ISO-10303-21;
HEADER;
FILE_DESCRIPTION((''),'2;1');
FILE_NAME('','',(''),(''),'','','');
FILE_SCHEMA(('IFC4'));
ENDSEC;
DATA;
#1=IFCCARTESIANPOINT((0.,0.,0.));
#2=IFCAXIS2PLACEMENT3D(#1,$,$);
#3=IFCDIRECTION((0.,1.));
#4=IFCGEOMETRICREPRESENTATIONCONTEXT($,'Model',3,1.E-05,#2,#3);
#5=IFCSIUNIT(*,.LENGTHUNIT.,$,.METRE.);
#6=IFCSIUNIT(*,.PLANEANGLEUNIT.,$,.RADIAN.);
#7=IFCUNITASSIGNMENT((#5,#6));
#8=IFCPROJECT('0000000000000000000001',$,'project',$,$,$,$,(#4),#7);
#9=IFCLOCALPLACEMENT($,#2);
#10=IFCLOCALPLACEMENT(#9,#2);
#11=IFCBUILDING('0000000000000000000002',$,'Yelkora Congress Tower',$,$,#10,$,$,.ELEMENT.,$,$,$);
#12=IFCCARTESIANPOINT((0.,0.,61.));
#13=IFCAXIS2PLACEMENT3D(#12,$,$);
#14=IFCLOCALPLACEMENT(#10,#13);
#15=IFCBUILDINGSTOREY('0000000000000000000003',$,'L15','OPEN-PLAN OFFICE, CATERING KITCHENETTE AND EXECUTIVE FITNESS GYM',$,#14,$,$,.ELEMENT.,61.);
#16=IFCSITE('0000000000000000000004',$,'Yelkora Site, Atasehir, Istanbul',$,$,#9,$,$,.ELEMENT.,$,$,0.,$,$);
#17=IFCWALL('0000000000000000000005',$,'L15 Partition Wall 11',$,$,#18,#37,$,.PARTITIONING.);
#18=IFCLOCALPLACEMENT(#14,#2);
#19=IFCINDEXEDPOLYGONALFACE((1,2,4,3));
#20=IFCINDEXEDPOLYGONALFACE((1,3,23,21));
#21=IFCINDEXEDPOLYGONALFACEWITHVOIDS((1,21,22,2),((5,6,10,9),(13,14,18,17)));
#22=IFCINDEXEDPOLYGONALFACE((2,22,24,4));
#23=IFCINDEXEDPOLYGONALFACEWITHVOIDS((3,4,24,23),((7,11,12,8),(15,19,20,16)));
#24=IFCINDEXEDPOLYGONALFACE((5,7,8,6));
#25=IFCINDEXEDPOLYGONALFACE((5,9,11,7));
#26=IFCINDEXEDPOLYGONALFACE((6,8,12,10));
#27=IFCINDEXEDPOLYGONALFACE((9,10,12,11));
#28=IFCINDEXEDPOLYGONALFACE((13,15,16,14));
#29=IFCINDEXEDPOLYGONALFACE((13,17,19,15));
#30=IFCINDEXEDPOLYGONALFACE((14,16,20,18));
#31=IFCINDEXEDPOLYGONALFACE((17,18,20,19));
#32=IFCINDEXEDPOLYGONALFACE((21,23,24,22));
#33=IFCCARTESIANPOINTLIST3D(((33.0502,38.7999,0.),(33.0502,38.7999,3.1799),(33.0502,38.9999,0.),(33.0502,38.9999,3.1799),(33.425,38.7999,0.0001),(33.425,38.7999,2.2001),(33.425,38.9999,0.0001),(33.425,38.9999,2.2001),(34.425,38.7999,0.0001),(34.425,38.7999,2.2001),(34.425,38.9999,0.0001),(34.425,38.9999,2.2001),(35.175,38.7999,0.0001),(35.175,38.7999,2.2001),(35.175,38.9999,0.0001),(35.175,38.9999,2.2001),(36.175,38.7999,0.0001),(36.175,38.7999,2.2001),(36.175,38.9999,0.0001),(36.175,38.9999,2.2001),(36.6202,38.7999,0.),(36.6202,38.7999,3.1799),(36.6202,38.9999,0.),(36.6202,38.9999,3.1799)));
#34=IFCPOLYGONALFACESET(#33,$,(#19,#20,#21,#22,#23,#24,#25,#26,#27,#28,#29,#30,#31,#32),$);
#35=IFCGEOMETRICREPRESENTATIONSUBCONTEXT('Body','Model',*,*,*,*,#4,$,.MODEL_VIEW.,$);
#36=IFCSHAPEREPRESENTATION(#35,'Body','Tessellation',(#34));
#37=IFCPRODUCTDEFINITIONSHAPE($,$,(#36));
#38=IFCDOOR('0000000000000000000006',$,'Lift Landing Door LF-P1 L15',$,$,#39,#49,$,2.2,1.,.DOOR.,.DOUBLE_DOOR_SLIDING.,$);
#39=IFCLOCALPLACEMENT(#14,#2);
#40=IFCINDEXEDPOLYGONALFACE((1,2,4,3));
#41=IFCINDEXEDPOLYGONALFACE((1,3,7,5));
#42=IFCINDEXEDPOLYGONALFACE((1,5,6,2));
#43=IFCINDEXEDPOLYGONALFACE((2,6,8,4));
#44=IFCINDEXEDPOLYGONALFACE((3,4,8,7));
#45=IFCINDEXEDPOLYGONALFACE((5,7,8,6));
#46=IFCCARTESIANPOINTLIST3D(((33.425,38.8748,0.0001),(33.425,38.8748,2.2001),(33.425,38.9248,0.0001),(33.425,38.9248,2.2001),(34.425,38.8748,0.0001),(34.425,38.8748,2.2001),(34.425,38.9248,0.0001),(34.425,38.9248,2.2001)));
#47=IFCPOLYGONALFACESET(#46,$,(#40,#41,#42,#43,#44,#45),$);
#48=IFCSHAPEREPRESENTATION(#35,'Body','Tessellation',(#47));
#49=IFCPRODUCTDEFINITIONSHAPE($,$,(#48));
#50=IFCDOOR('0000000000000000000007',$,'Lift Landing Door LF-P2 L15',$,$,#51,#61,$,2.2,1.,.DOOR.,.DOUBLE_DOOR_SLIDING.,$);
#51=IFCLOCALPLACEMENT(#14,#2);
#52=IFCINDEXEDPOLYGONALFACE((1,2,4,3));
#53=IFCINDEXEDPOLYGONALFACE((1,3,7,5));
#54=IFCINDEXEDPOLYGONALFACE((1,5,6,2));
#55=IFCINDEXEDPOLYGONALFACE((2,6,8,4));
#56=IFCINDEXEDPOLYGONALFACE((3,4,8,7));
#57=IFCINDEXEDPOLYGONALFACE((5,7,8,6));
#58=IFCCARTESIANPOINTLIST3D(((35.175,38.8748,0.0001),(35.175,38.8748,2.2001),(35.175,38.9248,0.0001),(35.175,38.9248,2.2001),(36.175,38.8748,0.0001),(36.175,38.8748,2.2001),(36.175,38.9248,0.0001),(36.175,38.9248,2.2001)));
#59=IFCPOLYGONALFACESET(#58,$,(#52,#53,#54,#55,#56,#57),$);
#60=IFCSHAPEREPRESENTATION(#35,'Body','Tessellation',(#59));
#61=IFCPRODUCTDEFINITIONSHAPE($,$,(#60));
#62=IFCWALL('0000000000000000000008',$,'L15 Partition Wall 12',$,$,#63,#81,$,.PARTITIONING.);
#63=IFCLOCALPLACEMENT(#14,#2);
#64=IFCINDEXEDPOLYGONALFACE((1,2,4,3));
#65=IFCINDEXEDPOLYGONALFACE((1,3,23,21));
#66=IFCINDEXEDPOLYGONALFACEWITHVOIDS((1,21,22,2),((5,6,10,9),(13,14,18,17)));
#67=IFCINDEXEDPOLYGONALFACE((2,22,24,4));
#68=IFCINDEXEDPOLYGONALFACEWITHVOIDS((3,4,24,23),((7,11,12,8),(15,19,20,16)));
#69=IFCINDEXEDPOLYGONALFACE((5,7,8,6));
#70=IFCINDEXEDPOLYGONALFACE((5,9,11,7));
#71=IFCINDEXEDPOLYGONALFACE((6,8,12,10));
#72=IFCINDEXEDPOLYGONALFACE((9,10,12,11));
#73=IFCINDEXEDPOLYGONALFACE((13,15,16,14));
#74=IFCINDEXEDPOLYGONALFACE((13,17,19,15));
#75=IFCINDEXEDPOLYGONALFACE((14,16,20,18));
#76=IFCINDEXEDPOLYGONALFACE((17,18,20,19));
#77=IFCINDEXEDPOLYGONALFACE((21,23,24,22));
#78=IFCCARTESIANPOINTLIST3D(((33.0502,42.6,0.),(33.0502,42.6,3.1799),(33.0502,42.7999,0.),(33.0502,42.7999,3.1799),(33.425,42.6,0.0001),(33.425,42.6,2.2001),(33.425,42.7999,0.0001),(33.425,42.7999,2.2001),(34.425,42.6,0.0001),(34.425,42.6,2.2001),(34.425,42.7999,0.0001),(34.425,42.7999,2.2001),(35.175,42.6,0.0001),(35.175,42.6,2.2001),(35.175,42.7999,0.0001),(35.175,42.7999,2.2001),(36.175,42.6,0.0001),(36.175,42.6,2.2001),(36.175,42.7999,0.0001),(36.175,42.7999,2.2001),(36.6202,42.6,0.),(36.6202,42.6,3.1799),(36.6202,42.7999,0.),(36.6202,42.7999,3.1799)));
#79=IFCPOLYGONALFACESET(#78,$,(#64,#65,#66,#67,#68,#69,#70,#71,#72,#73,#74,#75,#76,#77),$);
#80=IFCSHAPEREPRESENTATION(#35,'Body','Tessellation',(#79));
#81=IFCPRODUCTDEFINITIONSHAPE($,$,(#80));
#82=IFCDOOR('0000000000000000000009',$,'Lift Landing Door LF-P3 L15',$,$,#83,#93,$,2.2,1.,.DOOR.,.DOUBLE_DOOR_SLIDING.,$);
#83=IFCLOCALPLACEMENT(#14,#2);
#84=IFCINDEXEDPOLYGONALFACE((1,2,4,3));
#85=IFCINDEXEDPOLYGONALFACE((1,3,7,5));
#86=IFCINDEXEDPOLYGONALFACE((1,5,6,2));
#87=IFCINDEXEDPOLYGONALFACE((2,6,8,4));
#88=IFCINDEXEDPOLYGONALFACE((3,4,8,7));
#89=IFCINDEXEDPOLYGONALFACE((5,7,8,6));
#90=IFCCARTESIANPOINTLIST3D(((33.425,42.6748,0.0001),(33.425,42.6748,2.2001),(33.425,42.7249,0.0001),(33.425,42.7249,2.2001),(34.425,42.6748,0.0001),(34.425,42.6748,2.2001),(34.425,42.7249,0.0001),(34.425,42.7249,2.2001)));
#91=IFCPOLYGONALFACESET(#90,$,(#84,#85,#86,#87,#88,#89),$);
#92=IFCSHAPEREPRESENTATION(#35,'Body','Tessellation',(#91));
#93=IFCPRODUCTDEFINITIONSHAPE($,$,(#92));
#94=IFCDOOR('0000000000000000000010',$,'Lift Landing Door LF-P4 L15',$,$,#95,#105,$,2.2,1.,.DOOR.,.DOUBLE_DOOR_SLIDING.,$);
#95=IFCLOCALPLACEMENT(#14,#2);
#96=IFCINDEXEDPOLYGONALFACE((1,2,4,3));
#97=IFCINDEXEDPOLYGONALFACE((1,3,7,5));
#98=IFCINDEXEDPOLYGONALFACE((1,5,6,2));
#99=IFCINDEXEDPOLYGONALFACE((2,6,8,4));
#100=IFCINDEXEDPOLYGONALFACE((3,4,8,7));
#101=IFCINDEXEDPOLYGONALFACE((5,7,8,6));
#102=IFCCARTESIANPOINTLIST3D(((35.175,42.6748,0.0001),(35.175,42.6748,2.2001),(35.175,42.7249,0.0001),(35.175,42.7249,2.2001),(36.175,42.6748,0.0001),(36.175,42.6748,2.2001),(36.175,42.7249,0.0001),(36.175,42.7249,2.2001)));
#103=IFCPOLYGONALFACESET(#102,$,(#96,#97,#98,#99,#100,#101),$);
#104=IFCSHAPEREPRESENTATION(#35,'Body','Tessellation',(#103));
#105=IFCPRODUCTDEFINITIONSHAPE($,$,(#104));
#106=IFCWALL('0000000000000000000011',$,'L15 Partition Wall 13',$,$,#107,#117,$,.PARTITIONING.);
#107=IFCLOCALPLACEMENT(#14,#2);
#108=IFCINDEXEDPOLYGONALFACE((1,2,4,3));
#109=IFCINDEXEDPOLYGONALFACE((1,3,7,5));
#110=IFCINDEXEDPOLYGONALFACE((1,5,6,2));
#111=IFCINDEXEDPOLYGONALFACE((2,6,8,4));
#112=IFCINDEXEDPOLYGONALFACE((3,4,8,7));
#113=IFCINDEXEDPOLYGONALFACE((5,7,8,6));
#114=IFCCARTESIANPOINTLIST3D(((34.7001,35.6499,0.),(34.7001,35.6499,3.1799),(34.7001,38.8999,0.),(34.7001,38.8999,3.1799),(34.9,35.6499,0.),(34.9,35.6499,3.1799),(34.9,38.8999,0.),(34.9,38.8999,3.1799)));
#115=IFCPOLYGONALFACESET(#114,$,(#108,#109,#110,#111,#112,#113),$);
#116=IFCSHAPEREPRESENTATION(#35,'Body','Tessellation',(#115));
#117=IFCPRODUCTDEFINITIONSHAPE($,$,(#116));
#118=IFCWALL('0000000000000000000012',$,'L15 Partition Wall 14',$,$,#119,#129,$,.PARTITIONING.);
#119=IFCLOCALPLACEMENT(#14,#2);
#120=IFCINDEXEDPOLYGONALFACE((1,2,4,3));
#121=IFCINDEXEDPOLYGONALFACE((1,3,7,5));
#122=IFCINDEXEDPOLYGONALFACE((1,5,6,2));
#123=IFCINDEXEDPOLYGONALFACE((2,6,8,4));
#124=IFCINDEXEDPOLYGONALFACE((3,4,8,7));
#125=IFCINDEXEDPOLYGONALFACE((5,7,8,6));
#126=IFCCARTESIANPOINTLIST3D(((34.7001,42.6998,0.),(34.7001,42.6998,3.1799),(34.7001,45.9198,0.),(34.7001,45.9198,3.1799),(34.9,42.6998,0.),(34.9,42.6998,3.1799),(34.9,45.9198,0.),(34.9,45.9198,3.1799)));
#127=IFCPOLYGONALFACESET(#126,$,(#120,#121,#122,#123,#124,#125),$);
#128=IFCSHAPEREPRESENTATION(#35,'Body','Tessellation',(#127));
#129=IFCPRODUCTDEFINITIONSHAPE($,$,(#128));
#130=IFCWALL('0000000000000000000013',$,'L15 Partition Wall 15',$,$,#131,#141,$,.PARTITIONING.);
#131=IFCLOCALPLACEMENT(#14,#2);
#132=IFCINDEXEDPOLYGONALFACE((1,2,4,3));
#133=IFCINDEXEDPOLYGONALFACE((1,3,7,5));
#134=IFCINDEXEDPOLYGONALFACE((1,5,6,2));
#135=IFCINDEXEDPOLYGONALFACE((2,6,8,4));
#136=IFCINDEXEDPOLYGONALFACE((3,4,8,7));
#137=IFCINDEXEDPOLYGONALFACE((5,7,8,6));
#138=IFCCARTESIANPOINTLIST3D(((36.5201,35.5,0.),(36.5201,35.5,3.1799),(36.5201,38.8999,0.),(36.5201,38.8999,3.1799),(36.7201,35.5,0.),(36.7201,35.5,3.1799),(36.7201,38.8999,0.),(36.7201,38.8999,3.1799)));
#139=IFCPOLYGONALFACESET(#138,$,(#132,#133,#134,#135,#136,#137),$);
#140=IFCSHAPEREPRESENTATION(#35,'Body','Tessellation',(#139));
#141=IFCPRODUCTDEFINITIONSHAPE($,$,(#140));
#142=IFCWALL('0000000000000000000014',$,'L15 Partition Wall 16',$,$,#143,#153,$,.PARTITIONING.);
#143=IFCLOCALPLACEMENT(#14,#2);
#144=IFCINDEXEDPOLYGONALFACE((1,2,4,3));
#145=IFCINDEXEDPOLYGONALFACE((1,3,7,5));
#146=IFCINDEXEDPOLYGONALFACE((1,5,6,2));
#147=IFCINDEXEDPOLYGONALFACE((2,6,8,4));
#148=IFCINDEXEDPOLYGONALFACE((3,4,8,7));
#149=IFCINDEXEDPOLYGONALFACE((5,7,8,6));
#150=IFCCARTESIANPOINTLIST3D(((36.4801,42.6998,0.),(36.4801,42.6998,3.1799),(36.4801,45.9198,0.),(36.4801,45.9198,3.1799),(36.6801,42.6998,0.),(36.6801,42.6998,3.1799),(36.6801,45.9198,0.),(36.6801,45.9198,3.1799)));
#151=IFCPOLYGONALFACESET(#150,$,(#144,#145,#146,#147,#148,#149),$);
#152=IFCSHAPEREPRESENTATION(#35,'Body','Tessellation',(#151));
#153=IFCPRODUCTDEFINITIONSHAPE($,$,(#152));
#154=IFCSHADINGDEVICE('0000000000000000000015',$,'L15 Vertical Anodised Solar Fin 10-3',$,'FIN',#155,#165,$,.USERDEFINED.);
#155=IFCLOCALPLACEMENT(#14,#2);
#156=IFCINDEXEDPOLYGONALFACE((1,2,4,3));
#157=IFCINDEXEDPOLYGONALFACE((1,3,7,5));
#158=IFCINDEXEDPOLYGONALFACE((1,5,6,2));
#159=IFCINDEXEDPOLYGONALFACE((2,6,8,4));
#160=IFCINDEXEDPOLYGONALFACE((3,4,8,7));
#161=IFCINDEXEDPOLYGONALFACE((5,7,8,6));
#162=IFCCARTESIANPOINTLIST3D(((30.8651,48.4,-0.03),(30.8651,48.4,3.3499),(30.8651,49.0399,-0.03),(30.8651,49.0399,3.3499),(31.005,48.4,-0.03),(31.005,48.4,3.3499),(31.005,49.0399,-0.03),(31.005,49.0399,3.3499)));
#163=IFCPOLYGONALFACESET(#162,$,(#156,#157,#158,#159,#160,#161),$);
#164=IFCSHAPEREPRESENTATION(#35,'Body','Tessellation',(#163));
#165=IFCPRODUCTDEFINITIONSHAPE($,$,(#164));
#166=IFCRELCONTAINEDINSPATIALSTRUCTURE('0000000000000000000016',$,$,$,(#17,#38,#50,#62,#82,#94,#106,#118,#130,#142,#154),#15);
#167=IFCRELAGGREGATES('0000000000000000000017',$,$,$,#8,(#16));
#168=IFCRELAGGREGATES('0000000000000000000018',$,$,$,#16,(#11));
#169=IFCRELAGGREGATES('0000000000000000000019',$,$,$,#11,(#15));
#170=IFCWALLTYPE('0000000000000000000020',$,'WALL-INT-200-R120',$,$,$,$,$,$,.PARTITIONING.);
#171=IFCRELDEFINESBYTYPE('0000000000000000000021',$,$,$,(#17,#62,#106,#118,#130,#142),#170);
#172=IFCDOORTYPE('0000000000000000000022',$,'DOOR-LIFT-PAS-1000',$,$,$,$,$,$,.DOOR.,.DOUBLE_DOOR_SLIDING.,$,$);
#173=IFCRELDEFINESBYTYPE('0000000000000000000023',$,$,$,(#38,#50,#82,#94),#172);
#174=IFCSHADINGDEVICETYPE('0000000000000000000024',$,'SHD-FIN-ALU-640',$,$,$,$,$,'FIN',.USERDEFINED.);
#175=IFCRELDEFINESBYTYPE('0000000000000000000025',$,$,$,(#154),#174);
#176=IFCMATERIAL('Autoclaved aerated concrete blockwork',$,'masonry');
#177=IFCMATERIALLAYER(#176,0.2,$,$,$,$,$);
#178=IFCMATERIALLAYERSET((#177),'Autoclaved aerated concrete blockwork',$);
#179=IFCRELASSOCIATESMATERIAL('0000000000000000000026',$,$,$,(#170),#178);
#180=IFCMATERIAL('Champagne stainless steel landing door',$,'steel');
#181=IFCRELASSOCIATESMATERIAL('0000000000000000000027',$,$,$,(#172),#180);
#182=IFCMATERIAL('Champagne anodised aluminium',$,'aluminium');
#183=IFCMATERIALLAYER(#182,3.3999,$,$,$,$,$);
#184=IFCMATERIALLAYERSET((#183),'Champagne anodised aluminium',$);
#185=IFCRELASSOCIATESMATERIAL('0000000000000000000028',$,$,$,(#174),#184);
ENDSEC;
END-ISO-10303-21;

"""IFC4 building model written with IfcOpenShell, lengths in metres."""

from ifc_helpers import new_model, si_unit, direction, frame, frame_2d, origin, origin_2d, place, context, subcontext, project, spatial, rectangle, extrude, material, layer, layer_set, type_object, element, fill, save


model = new_model("IFC4")

# Units and contexts
model_context = context("Model", 3, precision=1e-05, world=origin(), true_north=direction((0.0, 1.0)))
body_context = subcontext(model_context, "Body", "Model", "MODEL_VIEW")
ifc_project = project(units=[si_unit("LENGTHUNIT", "METRE"), si_unit("PLANEANGLEUNIT", "RADIAN")], contexts=[model_context])

# Site, building, storey
site_placement = place(None, origin())
site = spatial("IfcSite", under=ifc_project, at=site_placement, Name="Yelkora Site, Atasehir, Istanbul", CompositionType="ELEMENT", RefElevation=0.0)
building_placement = place(site_placement, origin())
building = spatial("IfcBuilding", under=site, at=building_placement, Name="Yelkora Congress Tower", CompositionType="ELEMENT")
storey_placement = place(building_placement, frame((0.0, 0.0, 61.0)))
storey = spatial("IfcBuildingStorey", under=building, at=storey_placement, Name="L15", Description="OPEN-PLAN OFFICE, CATERING KITCHENETTE AND EXECUTIVE FITNESS GYM", CompositionType="ELEMENT", Elevation=61.0)

# Shared definitions
ifc_material_1 = material(Name="Autoclaved aerated concrete blockwork", Category="masonry")
ifc_layer_1 = layer(ifc_material_1, 0.2)
ifc_layer_set_1 = layer_set([ifc_layer_1], Name="Autoclaved aerated concrete blockwork")
wall_type_1 = type_object("IfcWallType", Name="WALL-INT-200-R120", PredefinedType="PARTITIONING", material=ifc_layer_set_1)

# Walls, openings, doors
wall_1_placement = place(storey_placement, frame((33.05, 38.8999, 0.0), z_axis=(0.0, 0.0, 1.0), x_axis=(1.0, 0.0, 0.0)))
wall_1 = element("IfcWall", 1, at=wall_1_placement, inside=storey, type_object=wall_type_1, Name="L15 Partition Wall 11", PredefinedType="PARTITIONING", context=body_context, shape_type="SweptSolid", body=[
    extrude(rectangle(XDim=3.5701, YDim=0.2, at=frame_2d((1.7852, 0.0))), origin(), (0.0, 0.0, 1.0), 3.1799),
])
opening_1_placement = place(wall_1_placement, frame((0.375, 0.0, 0.0)))
opening_1 = element("IfcOpeningElement", 2, at=opening_1_placement, cuts=wall_1, PredefinedType="OPENING", context=body_context, shape_type="SweptSolid", body=[
    extrude(rectangle(XDim=1.0, YDim=2.2, at=frame_2d((0.5, 1.1001))), frame((0.0, 0.1099, 0.0), z_axis=(0.0, -1.0, 0.0), x_axis=(1.0, 0.0, 0.0)), (0.0, 0.0, 1.0), 0.22),
])
opening_2_placement = place(wall_1_placement, frame((2.125, 0.0, 0.0)))
opening_2 = element("IfcOpeningElement", 3, at=opening_2_placement, cuts=wall_1, PredefinedType="OPENING", context=body_context, shape_type="SweptSolid", body=[
    extrude(rectangle(XDim=1.0, YDim=2.2, at=frame_2d((0.5, 1.1001))), frame((0.0, 0.1099, 0.0), z_axis=(0.0, -1.0, 0.0), x_axis=(1.0, 0.0, 0.0)), (0.0, 0.0, 1.0), 0.22),
])
ifc_material_2 = material(Name="Champagne stainless steel landing door", Category="steel")
door_type_1 = type_object("IfcDoorType", Name="DOOR-LIFT-PAS-1000", OperationType="DOUBLE_DOOR_SLIDING", PredefinedType="DOOR", material=ifc_material_2)
door_1_placement = place(opening_1_placement, origin())
door_1 = element("IfcDoor", 4, at=door_1_placement, inside=storey, type_object=door_type_1, Name="Lift Landing Door LF-P1 L15", OperationType="DOUBLE_DOOR_SLIDING", OverallHeight=2.2, OverallWidth=1.0, PredefinedType="DOOR", context=body_context, shape_type="SweptSolid", body=[
    extrude(rectangle(XDim=1.0, YDim=2.2, at=frame_2d((0.5, 1.1001))), frame((0.0, 0.0249, 0.0), z_axis=(0.0, -1.0, 0.0), x_axis=(1.0, 0.0, 0.0)), (0.0, 0.0, 1.0), 0.05),
])
fill(opening_1, door_1)
door_2_placement = place(opening_2_placement, origin())
door_2 = element("IfcDoor", 5, at=door_2_placement, inside=storey, type_object=door_type_1, Name="Lift Landing Door LF-P2 L15", OperationType="DOUBLE_DOOR_SLIDING", OverallHeight=2.2, OverallWidth=1.0, PredefinedType="DOOR", context=body_context, shape_type="SweptSolid", body=[
    extrude(rectangle(XDim=1.0, YDim=2.2, at=frame_2d((0.5, 1.1001))), frame((0.0, 0.0249, 0.0), z_axis=(0.0, -1.0, 0.0), x_axis=(1.0, 0.0, 0.0)), (0.0, 0.0, 1.0), 0.05),
])
fill(opening_2, door_2)
wall_2_placement = place(storey_placement, frame((33.05, 42.7, 0.0), z_axis=(0.0, 0.0, 1.0), x_axis=(1.0, 0.0, 0.0)))
wall_2 = element("IfcWall", 6, at=wall_2_placement, inside=storey, type_object=wall_type_1, Name="L15 Partition Wall 12", PredefinedType="PARTITIONING", context=body_context, shape_type="SweptSolid", body=[
    extrude(rectangle(XDim=3.5701, YDim=0.2, at=frame_2d((1.7852, 0.0))), origin(), (0.0, 0.0, 1.0), 3.1799),
])
opening_3_placement = place(wall_2_placement, frame((0.375, 0.0, 0.0)))
opening_3 = element("IfcOpeningElement", 7, at=opening_3_placement, cuts=wall_2, PredefinedType="OPENING", context=body_context, shape_type="SweptSolid", body=[
    extrude(rectangle(XDim=1.0, YDim=2.2, at=frame_2d((0.5, 1.1001))), frame((0.0, 0.1099, 0.0), z_axis=(0.0, -1.0, 0.0), x_axis=(1.0, 0.0, 0.0)), (0.0, 0.0, 1.0), 0.22),
])
opening_4_placement = place(wall_2_placement, frame((2.125, 0.0, 0.0)))
opening_4 = element("IfcOpeningElement", 8, at=opening_4_placement, cuts=wall_2, PredefinedType="OPENING", context=body_context, shape_type="SweptSolid", body=[
    extrude(rectangle(XDim=1.0, YDim=2.2, at=frame_2d((0.5, 1.1001))), frame((0.0, 0.1099, 0.0), z_axis=(0.0, -1.0, 0.0), x_axis=(1.0, 0.0, 0.0)), (0.0, 0.0, 1.0), 0.22),
])
door_3_placement = place(opening_3_placement, origin())
door_3 = element("IfcDoor", 9, at=door_3_placement, inside=storey, type_object=door_type_1, Name="Lift Landing Door LF-P3 L15", OperationType="DOUBLE_DOOR_SLIDING", OverallHeight=2.2, OverallWidth=1.0, PredefinedType="DOOR", context=body_context, shape_type="SweptSolid", body=[
    extrude(rectangle(XDim=1.0, YDim=2.2, at=frame_2d((0.5, 1.1001))), frame((0.0, 0.0249, 0.0), z_axis=(0.0, -1.0, 0.0), x_axis=(1.0, 0.0, 0.0)), (0.0, 0.0, 1.0), 0.05),
])
fill(opening_3, door_3)
door_4_placement = place(opening_4_placement, origin())
door_4 = element("IfcDoor", 10, at=door_4_placement, inside=storey, type_object=door_type_1, Name="Lift Landing Door LF-P4 L15", OperationType="DOUBLE_DOOR_SLIDING", OverallHeight=2.2, OverallWidth=1.0, PredefinedType="DOOR", context=body_context, shape_type="SweptSolid", body=[
    extrude(rectangle(XDim=1.0, YDim=2.2, at=frame_2d((0.5, 1.1001))), frame((0.0, 0.0249, 0.0), z_axis=(0.0, -1.0, 0.0), x_axis=(1.0, 0.0, 0.0)), (0.0, 0.0, 1.0), 0.05),
])
fill(opening_4, door_4)

# Walls
wall_3_placement = place(storey_placement, frame((34.8, 35.6499, 0.0), z_axis=(0.0, 0.0, 1.0), x_axis=(0.0, 1.0, 0.0)))
element("IfcWall", 11, at=wall_3_placement, inside=storey, type_object=wall_type_1, Name="L15 Partition Wall 13", PredefinedType="PARTITIONING", context=body_context, shape_type="SweptSolid", body=[
    extrude(rectangle(XDim=3.25, YDim=0.2, at=frame_2d((1.625, 0.0))), origin(), (0.0, 0.0, 1.0), 3.1799),
])
wall_4_placement = place(storey_placement, frame((34.8, 42.7, 0.0), z_axis=(0.0, 0.0, 1.0), x_axis=(0.0, 1.0, 0.0)))
element("IfcWall", 12, at=wall_4_placement, inside=storey, type_object=wall_type_1, Name="L15 Partition Wall 14", PredefinedType="PARTITIONING", context=body_context, shape_type="SweptSolid", body=[
    extrude(rectangle(XDim=3.22, YDim=0.2, at=frame_2d((1.6099, 0.0))), origin(), (0.0, 0.0, 1.0), 3.1799),
])
wall_5_placement = place(storey_placement, frame((36.6201, 35.5, 0.0), z_axis=(0.0, 0.0, 1.0), x_axis=(0.0, 1.0, 0.0)))
element("IfcWall", 13, at=wall_5_placement, inside=storey, type_object=wall_type_1, Name="L15 Partition Wall 15", PredefinedType="PARTITIONING", context=body_context, shape_type="SweptSolid", body=[
    extrude(rectangle(XDim=3.3999, YDim=0.2, at=frame_2d((1.7, 0.0))), origin(), (0.0, 0.0, 1.0), 3.1799),
])
wall_6_placement = place(storey_placement, frame((36.5801, 42.7, 0.0), z_axis=(0.0, 0.0, 1.0), x_axis=(0.0, 1.0, 0.0)))
element("IfcWall", 14, at=wall_6_placement, inside=storey, type_object=wall_type_1, Name="L15 Partition Wall 16", PredefinedType="PARTITIONING", context=body_context, shape_type="SweptSolid", body=[
    extrude(rectangle(XDim=3.22, YDim=0.2, at=frame_2d((1.6099, 0.0))), origin(), (0.0, 0.0, 1.0), 3.1799),
])

# Shading device
ifc_material_3 = material(Name="Champagne anodised aluminium", Category="aluminium")
ifc_layer_2 = layer(ifc_material_3, 3.3999)
ifc_layer_set_2 = layer_set([ifc_layer_2], Name="Champagne anodised aluminium")
shading_device_type = type_object("IfcShadingDeviceType", Name="SHD-FIN-ALU-640", ElementType="FIN", PredefinedType="USERDEFINED", material=ifc_layer_set_2)
shading_device_placement = place(storey_placement, frame((30.9351, 48.72, -0.03), z_axis=(0.0, 0.0, 1.0), x_axis=(1.0, 0.0, 0.0)))
element("IfcShadingDevice", 15, at=shading_device_placement, inside=storey, type_object=shading_device_type, Name="L15 Vertical Anodised Solar Fin 10-3", ObjectType="FIN", PredefinedType="USERDEFINED", context=body_context, shape_type="SweptSolid", body=[
    extrude(rectangle(XDim=0.1399, YDim=0.6399, at=origin_2d()), origin(), (0.0, 0.0, 1.0), 3.3799),
])

save(model, "model.ifc")
